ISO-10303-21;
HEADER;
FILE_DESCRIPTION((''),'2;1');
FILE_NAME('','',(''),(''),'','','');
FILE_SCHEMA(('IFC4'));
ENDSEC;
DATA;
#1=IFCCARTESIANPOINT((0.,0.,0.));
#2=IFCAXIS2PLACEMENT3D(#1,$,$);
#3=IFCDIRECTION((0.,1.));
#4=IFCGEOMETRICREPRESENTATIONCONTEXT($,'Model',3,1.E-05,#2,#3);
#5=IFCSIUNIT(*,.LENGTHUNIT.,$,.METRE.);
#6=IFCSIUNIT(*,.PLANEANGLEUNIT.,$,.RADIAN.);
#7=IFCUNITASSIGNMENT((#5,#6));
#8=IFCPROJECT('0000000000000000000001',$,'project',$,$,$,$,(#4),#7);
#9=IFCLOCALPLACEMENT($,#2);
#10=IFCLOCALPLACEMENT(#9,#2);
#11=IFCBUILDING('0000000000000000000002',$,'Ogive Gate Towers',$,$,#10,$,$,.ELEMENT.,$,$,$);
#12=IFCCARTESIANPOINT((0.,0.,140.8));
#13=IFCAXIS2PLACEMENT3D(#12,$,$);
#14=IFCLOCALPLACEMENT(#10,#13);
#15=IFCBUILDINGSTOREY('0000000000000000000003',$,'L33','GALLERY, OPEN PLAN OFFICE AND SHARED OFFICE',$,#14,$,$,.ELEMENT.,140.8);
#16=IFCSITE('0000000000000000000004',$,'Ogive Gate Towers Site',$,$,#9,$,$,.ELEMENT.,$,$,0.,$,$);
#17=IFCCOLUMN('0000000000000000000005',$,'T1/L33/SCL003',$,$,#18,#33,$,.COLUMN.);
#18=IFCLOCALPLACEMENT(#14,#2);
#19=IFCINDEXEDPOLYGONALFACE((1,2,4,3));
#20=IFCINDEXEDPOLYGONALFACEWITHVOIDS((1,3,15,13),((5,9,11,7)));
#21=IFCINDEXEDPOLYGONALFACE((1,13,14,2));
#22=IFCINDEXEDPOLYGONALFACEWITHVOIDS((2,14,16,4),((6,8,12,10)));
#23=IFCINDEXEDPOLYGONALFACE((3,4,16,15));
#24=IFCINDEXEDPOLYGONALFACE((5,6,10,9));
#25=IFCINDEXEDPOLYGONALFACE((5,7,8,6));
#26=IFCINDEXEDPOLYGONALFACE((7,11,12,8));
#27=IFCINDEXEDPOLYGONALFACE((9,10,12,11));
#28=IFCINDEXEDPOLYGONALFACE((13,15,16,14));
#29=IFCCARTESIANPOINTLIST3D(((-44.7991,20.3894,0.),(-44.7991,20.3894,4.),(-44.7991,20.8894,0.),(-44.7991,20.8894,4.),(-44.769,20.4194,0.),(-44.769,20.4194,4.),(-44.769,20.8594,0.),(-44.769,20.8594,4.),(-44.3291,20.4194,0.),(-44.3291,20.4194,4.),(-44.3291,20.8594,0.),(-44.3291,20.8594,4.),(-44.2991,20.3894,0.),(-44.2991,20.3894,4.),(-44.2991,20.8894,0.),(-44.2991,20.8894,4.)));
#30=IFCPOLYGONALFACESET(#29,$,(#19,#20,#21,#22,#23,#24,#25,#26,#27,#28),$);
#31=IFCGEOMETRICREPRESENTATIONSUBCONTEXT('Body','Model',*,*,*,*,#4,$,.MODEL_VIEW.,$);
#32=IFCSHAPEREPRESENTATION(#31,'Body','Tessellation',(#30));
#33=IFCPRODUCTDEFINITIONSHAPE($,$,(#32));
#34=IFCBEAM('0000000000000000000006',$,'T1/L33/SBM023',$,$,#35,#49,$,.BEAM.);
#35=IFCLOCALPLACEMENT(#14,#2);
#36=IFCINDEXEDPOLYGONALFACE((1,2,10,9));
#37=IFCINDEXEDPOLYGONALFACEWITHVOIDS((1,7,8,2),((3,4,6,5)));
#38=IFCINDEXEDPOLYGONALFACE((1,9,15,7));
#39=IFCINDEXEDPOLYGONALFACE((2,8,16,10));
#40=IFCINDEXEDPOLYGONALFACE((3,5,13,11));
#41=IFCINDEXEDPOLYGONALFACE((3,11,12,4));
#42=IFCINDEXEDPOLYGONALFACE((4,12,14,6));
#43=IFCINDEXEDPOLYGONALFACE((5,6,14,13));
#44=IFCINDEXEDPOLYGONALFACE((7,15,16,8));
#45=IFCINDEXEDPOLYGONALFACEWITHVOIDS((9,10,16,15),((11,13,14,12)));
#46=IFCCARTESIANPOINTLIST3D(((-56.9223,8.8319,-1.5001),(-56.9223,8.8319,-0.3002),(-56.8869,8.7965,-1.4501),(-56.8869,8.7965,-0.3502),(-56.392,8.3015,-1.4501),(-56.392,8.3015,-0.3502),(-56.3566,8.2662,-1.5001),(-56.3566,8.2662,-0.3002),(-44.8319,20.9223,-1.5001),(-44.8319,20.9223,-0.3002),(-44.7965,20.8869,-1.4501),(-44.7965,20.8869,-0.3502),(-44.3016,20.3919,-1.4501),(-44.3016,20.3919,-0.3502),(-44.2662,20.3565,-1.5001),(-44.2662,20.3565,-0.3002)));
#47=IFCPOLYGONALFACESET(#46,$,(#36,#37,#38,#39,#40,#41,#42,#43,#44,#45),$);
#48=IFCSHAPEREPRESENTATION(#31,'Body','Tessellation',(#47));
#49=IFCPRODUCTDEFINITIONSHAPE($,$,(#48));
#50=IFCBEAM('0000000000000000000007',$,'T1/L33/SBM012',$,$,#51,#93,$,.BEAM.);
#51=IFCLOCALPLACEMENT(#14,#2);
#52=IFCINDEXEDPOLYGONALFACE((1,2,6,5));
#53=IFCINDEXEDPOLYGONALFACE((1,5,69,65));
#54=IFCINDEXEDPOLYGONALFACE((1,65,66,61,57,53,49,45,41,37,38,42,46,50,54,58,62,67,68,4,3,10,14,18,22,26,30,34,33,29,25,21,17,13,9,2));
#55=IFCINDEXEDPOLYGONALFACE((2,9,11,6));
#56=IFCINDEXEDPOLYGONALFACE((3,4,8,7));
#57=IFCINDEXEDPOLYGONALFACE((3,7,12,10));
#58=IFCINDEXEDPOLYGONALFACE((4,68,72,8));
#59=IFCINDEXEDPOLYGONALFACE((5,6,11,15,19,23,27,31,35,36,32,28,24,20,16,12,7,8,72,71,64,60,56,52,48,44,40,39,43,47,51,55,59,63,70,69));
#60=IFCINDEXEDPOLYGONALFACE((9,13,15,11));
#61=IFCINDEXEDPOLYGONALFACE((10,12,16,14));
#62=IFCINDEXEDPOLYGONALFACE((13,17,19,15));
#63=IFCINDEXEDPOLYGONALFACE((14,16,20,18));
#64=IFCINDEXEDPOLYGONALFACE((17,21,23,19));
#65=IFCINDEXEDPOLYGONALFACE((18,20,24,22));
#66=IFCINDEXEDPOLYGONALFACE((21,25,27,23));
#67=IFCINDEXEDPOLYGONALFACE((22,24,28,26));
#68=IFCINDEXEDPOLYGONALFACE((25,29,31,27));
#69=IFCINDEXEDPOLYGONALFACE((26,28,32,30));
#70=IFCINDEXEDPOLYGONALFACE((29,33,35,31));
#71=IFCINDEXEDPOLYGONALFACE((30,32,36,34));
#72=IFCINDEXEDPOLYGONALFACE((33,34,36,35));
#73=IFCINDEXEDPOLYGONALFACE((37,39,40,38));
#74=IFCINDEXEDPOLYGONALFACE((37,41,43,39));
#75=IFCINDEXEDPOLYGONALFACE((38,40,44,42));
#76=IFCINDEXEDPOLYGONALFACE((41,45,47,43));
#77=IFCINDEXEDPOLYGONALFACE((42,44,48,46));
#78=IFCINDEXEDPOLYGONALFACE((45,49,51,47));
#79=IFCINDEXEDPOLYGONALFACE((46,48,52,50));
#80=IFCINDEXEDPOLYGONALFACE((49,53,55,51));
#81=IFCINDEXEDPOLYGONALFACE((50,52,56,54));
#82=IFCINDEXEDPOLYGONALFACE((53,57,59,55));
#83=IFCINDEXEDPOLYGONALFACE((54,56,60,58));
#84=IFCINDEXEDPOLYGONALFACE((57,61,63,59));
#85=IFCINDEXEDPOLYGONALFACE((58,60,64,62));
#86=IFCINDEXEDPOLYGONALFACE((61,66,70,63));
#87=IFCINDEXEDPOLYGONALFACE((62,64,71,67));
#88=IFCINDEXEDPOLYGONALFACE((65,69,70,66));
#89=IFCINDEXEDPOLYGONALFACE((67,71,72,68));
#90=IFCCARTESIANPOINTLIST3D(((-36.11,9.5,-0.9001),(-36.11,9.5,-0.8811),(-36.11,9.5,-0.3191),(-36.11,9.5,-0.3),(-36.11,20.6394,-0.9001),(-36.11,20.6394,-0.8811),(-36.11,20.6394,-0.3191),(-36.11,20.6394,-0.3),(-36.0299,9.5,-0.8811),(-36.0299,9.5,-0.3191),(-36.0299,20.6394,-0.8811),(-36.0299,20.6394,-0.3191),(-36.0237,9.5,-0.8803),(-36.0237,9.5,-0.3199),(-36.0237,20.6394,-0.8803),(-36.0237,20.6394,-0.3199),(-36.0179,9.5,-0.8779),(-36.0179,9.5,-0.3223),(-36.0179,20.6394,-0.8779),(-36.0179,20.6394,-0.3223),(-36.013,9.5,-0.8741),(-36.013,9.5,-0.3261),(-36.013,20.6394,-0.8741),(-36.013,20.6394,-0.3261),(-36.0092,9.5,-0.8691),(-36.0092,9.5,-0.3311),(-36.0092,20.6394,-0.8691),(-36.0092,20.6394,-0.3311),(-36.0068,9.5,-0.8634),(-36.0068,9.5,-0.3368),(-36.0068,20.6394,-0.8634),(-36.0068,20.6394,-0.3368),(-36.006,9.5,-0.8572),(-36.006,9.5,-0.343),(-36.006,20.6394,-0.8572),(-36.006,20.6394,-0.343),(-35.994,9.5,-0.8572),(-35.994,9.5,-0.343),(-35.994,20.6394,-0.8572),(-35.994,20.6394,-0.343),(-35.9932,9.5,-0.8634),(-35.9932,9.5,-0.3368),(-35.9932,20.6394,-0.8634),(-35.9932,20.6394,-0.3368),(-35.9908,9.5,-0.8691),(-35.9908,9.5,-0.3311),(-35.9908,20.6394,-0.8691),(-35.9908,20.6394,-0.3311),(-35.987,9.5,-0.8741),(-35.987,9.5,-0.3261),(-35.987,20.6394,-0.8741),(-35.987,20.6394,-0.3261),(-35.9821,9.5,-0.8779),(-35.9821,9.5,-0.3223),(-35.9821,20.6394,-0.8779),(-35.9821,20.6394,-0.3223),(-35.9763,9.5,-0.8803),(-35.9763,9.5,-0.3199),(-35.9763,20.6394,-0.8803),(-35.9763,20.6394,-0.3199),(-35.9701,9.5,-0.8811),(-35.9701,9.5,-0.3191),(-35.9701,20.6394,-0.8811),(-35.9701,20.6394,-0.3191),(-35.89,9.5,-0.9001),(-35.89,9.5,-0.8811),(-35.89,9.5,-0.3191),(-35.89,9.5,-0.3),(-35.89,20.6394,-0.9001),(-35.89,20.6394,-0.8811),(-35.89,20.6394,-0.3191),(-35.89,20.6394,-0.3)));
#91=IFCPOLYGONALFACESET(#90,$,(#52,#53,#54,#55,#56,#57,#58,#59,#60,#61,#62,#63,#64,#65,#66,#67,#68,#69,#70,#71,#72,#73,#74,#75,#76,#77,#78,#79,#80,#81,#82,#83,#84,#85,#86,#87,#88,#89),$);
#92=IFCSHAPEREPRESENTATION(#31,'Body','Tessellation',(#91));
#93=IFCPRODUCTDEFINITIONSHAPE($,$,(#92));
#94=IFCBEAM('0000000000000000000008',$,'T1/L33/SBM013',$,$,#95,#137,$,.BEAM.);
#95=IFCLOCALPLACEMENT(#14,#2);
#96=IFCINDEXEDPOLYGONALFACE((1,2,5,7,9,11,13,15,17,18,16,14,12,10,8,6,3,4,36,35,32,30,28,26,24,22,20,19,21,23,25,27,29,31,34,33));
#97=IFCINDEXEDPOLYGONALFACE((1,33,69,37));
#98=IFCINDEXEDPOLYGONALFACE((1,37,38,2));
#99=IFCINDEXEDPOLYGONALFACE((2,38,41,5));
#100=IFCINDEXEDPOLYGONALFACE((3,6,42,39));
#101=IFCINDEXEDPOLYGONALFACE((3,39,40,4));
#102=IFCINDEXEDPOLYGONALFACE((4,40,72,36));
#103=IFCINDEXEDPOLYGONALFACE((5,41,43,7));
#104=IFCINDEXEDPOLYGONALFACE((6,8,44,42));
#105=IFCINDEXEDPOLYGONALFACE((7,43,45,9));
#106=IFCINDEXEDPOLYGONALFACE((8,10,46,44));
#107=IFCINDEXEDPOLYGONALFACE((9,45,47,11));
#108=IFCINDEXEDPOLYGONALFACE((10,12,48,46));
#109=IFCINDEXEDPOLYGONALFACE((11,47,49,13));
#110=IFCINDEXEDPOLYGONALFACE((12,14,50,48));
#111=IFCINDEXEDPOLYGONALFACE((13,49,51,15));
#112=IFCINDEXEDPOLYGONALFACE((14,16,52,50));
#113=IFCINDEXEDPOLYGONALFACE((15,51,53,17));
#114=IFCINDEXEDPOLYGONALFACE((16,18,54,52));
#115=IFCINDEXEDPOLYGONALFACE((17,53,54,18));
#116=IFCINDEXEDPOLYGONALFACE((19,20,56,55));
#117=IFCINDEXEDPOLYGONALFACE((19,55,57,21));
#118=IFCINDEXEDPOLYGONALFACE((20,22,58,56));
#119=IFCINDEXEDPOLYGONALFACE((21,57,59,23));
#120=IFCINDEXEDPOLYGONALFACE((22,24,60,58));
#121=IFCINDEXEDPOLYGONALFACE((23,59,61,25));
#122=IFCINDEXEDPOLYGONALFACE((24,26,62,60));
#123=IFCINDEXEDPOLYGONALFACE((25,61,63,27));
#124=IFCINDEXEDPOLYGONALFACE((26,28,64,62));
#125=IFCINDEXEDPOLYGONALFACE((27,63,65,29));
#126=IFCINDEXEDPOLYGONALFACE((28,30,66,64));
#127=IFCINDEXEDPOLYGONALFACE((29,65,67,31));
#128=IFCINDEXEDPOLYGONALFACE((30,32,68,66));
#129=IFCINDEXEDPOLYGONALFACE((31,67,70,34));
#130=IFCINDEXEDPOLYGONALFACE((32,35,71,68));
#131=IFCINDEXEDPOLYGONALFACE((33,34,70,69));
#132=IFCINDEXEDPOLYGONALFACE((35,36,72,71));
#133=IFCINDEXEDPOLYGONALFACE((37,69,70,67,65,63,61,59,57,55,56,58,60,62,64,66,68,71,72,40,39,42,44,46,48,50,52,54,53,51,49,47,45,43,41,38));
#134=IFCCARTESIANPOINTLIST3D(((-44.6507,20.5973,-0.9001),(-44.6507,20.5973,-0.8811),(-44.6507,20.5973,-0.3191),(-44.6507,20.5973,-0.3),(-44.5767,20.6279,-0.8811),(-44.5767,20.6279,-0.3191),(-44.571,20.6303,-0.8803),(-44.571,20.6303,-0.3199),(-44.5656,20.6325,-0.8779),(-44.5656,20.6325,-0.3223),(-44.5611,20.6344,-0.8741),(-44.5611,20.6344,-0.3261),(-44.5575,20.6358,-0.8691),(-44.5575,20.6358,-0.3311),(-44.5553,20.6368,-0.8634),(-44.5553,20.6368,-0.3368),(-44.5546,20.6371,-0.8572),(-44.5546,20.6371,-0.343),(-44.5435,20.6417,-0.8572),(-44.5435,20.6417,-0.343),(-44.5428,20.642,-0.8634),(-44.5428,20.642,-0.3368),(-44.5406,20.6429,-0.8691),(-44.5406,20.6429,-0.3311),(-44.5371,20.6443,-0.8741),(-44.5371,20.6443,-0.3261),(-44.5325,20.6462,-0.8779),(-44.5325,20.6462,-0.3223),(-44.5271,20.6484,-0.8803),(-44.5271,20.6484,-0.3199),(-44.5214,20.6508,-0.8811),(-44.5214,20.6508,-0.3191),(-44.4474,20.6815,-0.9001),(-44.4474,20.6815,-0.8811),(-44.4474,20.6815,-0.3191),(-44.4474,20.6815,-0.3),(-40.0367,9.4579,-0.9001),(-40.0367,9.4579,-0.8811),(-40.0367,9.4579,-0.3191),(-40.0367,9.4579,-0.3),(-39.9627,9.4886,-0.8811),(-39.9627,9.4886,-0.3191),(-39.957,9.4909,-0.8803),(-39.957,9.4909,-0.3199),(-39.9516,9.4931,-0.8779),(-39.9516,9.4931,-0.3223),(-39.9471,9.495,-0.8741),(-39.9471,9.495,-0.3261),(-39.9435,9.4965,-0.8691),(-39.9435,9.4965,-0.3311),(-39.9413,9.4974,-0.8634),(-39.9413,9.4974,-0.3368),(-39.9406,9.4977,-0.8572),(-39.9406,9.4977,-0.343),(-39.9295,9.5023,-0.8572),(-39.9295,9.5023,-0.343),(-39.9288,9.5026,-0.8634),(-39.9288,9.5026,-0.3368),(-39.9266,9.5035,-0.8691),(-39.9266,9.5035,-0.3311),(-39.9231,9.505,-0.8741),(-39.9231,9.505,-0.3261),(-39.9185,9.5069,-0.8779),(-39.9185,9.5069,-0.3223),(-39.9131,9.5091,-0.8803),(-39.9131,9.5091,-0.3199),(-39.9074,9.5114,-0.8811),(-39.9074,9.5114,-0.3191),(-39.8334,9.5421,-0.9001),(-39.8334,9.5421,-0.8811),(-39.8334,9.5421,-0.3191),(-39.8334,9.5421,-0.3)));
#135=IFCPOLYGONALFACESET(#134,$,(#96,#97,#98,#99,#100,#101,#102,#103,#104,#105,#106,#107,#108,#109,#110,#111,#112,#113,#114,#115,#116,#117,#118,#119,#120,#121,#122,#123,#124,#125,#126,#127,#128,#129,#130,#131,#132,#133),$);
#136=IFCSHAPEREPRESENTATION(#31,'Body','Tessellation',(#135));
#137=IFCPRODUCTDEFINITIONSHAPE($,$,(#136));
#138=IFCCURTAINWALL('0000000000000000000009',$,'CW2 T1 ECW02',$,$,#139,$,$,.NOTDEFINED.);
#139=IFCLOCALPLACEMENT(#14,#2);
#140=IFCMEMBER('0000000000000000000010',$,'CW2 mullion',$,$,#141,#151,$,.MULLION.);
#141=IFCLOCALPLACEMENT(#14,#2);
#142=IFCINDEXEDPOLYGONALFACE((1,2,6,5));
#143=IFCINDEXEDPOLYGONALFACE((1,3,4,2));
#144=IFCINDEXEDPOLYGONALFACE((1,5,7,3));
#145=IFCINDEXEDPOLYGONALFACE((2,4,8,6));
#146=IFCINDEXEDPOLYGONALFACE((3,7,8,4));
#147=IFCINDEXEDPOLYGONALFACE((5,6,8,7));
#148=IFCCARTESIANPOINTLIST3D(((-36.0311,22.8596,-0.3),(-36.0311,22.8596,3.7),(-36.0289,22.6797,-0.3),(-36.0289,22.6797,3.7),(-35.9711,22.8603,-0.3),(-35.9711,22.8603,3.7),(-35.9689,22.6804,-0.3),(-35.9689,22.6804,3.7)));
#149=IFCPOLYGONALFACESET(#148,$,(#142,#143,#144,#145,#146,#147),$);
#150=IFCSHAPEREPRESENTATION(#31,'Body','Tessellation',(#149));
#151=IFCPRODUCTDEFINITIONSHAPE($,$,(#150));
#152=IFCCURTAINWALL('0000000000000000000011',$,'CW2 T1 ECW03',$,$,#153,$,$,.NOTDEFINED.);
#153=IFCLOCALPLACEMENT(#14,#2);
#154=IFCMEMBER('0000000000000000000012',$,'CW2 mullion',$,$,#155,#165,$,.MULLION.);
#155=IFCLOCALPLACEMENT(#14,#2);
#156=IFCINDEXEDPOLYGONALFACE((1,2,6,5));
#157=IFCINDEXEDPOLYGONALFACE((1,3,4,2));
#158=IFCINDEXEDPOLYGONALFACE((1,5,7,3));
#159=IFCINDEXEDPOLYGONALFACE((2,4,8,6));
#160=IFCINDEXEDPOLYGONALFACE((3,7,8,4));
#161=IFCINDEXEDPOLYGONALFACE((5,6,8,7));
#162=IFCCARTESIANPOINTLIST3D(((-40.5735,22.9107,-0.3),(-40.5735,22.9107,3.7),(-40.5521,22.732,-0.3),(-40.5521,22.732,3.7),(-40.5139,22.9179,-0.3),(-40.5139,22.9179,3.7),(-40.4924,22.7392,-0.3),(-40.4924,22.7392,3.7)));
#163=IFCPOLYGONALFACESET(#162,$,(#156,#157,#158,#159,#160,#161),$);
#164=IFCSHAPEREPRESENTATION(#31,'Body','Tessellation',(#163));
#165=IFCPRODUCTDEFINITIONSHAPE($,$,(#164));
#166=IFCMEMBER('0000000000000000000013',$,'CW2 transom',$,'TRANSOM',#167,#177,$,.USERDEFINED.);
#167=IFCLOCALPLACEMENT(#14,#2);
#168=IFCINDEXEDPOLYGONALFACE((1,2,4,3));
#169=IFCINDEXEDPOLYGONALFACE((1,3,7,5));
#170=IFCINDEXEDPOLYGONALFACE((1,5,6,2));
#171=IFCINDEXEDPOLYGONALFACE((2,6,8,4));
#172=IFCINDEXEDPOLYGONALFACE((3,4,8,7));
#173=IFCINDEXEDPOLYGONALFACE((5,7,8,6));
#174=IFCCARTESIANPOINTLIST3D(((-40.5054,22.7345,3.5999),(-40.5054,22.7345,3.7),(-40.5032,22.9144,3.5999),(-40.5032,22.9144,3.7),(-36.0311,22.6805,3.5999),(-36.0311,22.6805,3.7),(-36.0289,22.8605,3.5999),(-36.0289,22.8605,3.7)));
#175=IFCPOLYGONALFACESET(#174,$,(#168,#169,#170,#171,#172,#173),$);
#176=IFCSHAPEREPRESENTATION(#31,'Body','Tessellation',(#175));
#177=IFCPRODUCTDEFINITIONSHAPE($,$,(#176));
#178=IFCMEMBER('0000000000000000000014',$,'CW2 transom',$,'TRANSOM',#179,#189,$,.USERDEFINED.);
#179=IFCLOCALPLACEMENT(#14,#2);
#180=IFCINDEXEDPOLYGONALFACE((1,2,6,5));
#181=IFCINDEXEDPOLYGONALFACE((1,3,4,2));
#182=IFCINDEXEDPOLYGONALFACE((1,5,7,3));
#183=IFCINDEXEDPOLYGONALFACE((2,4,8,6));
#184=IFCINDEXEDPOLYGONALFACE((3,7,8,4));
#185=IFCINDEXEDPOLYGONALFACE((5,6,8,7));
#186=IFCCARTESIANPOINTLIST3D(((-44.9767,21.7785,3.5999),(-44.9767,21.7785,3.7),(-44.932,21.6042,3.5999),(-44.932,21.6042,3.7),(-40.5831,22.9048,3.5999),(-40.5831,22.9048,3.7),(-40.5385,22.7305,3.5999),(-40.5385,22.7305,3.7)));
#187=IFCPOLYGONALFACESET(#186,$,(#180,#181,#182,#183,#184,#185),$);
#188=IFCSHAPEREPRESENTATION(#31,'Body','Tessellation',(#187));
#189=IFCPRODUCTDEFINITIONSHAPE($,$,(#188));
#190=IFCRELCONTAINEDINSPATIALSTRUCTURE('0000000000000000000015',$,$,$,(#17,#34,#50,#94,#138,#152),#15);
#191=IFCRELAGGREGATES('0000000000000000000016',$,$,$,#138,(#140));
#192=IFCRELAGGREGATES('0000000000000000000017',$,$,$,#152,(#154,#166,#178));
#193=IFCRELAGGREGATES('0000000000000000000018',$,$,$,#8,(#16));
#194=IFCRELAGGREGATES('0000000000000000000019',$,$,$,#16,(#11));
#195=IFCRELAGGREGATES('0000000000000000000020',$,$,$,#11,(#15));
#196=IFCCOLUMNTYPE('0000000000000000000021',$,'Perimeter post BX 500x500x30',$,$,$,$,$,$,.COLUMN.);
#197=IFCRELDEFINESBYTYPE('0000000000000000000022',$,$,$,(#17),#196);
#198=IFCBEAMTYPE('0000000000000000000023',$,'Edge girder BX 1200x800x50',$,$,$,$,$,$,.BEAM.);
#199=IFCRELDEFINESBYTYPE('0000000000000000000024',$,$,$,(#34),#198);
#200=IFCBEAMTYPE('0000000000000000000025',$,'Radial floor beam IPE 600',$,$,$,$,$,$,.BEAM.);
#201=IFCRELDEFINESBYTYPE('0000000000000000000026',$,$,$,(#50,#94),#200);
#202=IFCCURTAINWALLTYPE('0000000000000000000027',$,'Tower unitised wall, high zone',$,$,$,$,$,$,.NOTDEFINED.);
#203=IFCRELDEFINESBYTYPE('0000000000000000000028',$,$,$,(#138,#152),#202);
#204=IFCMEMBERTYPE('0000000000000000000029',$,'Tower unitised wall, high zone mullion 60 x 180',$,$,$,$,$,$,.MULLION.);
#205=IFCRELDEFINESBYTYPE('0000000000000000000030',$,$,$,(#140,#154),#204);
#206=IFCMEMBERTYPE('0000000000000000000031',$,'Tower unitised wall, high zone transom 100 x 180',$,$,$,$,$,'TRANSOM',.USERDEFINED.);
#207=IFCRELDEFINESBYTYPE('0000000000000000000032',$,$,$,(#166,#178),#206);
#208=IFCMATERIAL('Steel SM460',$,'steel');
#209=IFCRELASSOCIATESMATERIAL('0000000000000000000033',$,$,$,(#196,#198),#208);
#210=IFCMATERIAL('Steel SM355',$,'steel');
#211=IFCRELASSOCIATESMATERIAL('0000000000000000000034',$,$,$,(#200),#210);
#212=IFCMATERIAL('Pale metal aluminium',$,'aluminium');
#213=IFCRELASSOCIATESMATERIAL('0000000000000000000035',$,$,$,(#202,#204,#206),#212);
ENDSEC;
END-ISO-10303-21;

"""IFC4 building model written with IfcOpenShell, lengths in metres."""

from ifc_helpers import new_model, si_unit, direction, frame, origin, origin_2d, place, context, subcontext, project, spatial, rectangle, hollow_rectangle, i_section, extrude, material, material_profile, profile_set, type_object, element, aggregate, save


model = new_model("IFC4")

# Units and contexts
model_context = context("Model", 3, precision=1e-05, world=origin(), true_north=direction((0.0, 1.0)))
body_context = subcontext(model_context, "Body", "Model", "MODEL_VIEW")
ifc_project = project(units=[si_unit("LENGTHUNIT", "METRE"), si_unit("PLANEANGLEUNIT", "RADIAN")], contexts=[model_context])

# Site, building, storey
site_placement = place(None, origin())
site = spatial("IfcSite", under=ifc_project, at=site_placement, Name="Ogive Gate Towers Site", CompositionType="ELEMENT", RefElevation=0.0)
building_placement = place(site_placement, origin())
building = spatial("IfcBuilding", under=site, at=building_placement, Name="Ogive Gate Towers", CompositionType="ELEMENT")
storey_placement = place(building_placement, frame((0.0, 0.0, 140.8)))
storey = spatial("IfcBuildingStorey", under=building, at=storey_placement, Name="L33", Description="GALLERY, OPEN PLAN OFFICE AND SHARED OFFICE", CompositionType="ELEMENT", Elevation=140.8)

# Column
ifc_material_1 = material(Name="Steel SM460", Category="steel")
ifc_material_profile_1 = material_profile(ifc_material_1, hollow_rectangle(XDim=0.5, YDim=0.5, WallThickness=0.03, at=origin_2d()), Name="BX 500x500x30")
ifc_profile_set_1 = profile_set([ifc_material_profile_1], Name="Steel SM460")
column_type = type_object("IfcColumnType", Name="Perimeter post BX 500x500x30", PredefinedType="COLUMN", material=ifc_profile_set_1)
column_placement = place(storey_placement, frame((-44.5491, 20.6394, 0.0), z_axis=(0.0, 0.0, 1.0), x_axis=(1.0, 0.0, 0.0)))
element("IfcColumn", 1, at=column_placement, inside=storey, type_object=column_type, Name="T1/L33/SCL003", PredefinedType="COLUMN", context=body_context, shape_type="SweptSolid", body=[
    extrude(hollow_rectangle(XDim=0.5, YDim=0.5, WallThickness=0.03, at=origin_2d()), origin(), (0.0, 0.0, 1.0), 4.0),
])

# Beams
ifc_material_profile_2 = material_profile(ifc_material_1, hollow_rectangle(XDim=0.8, YDim=1.2, WallThickness=0.05, at=origin_2d()), Name="BX 1200x800x50")
ifc_profile_set_2 = profile_set([ifc_material_profile_2], Name="Steel SM460")
beam_type_1 = type_object("IfcBeamType", Name="Edge girder BX 1200x800x50", PredefinedType="BEAM", material=ifc_profile_set_2)
beam_1_placement = place(storey_placement, frame((-44.5491, 20.6394, -0.9001), z_axis=(-0.707107, -0.707107, 0.0), x_axis=(0.707107, -0.707107, 0.0)))
element("IfcBeam", 2, at=beam_1_placement, inside=storey, type_object=beam_type_1, Name="T1/L33/SBM023", PredefinedType="BEAM", context=body_context, shape_type="SweptSolid", body=[
    extrude(hollow_rectangle(XDim=0.8, YDim=1.2, WallThickness=0.05, at=origin_2d()), origin(), (0.0, 0.0, 1.0), 17.0984),
])
ifc_material_2 = material(Name="Steel SM355", Category="steel")
ifc_material_profile_3 = material_profile(ifc_material_2, i_section(OverallWidth=0.22, OverallDepth=0.6001, WebThickness=0.012, FlangeThickness=0.019, FilletRadius=0.0239, at=origin_2d()), Name="IPE 600")
ifc_profile_set_3 = profile_set([ifc_material_profile_3], Name="Steel SM355")
beam_type_2 = type_object("IfcBeamType", Name="Radial floor beam IPE 600", PredefinedType="BEAM", material=ifc_profile_set_3)
beam_2_placement = place(storey_placement, frame((-36.0, 9.5, -0.6001), z_axis=(0.0, 1.0, 0.0), x_axis=(-1.0, 0.0, 0.0)))
element("IfcBeam", 3, at=beam_2_placement, inside=storey, type_object=beam_type_2, Name="T1/L33/SBM012", PredefinedType="BEAM", context=body_context, shape_type="SweptSolid", body=[
    extrude(i_section(OverallWidth=0.22, OverallDepth=0.6001, WebThickness=0.012, FlangeThickness=0.019, FilletRadius=0.0239, at=origin_2d()), origin(), (0.0, 0.0, 1.0), 11.1394),
])
beam_3_placement = place(storey_placement, frame((-39.9351, 9.5, -0.6001), z_axis=(-0.382678, 0.923882, 0.0), x_axis=(-0.923882, -0.382678, 0.0)))
element("IfcBeam", 4, at=beam_3_placement, inside=storey, type_object=beam_type_2, Name="T1/L33/SBM013", PredefinedType="BEAM", context=body_context, shape_type="SweptSolid", body=[
    extrude(i_section(OverallWidth=0.22, OverallDepth=0.6001, WebThickness=0.012, FlangeThickness=0.019, FilletRadius=0.0239, at=origin_2d()), origin(), (0.0, 0.0, 1.0), 12.0571),
])

# Curtain wall, member
ifc_material_3 = material(Name="Pale metal aluminium", Category="aluminium")
curtain_wall_type = type_object("IfcCurtainWallType", Name="Tower unitised wall, high zone", PredefinedType="NOTDEFINED", material=ifc_material_3)
curtain_wall_1_placement = place(storey_placement, origin())
curtain_wall_1 = element("IfcCurtainWall", 5, at=curtain_wall_1_placement, inside=storey, type_object=curtain_wall_type, Name="CW2 T1 ECW02", PredefinedType="NOTDEFINED")
ifc_material_profile_4 = material_profile(ifc_material_3, rectangle(XDim=0.1799, YDim=0.0601, at=origin_2d()), Name="60 x 180 aluminium box")
ifc_profile_set_4 = profile_set([ifc_material_profile_4], Name="Pale metal aluminium")
member_type_1 = type_object("IfcMemberType", Name="Tower unitised wall, high zone mullion 60 x 180", PredefinedType="MULLION", material=ifc_profile_set_4)
member_1_placement = place(storey_placement, frame((-36.0, 22.77, -0.3), z_axis=(0.0, 0.0, 1.0), x_axis=(-0.012077, 0.999927, 0.0)))
member_1 = element("IfcMember", 6, at=member_1_placement, type_object=member_type_1, Name="CW2 mullion", PredefinedType="MULLION", context=body_context, shape_type="SweptSolid", body=[
    extrude(rectangle(XDim=0.1799, YDim=0.0601, at=origin_2d()), origin(), (0.0, 0.0, 1.0), 4.0),
])

# Curtain wall, members
curtain_wall_2_placement = place(storey_placement, origin())
curtain_wall_2 = element("IfcCurtainWall", 7, at=curtain_wall_2_placement, inside=storey, type_object=curtain_wall_type, Name="CW2 T1 ECW03", PredefinedType="NOTDEFINED")
member_2_placement = place(storey_placement, frame((-40.533, 22.825, -0.3), z_axis=(0.0, 0.0, 1.0), x_axis=(-0.119149, 0.992876, 0.0)))
member_2 = element("IfcMember", 8, at=member_2_placement, type_object=member_type_1, Name="CW2 mullion", PredefinedType="MULLION", context=body_context, shape_type="SweptSolid", body=[
    extrude(rectangle(XDim=0.1799, YDim=0.0601, at=origin_2d()), origin(), (0.0, 0.0, 1.0), 4.0),
])
ifc_material_profile_5 = material_profile(ifc_material_3, rectangle(XDim=0.1799, YDim=0.1001, at=origin_2d()), Name="100 x 180 aluminium box")
ifc_profile_set_5 = profile_set([ifc_material_profile_5], Name="Pale metal aluminium")
member_type_2 = type_object("IfcMemberType", Name="Tower unitised wall, high zone transom 100 x 180", ElementType="TRANSOM", PredefinedType="USERDEFINED", material=ifc_profile_set_5)
member_3_placement = place(storey_placement, frame((-36.03, 22.7705, 3.6499), z_axis=(-0.999927, 0.012058, 0.0), x_axis=(-0.012058, -0.999927, 0.0)))
member_3 = element("IfcMember", 9, at=member_3_placement, type_object=member_type_2, Name="CW2 transom", ObjectType="TRANSOM", PredefinedType="USERDEFINED", context=body_context, shape_type="SweptSolid", body=[
    extrude(rectangle(XDim=0.1799, YDim=0.1001, at=origin_2d()), origin(), (0.0, 0.0, 1.0), 4.4746),
])
member_4_placement = place(storey_placement, frame((-40.5608, 22.8176, 3.6499), z_axis=(-0.968681, -0.248307, 0.0), x_axis=(0.248307, -0.968681, 0.0)))
member_4 = element("IfcMember", 10, at=member_4_placement, type_object=member_type_2, Name="CW2 transom", ObjectType="TRANSOM", PredefinedType="USERDEFINED", context=body_context, shape_type="SweptSolid", body=[
    extrude(rectangle(XDim=0.1799, YDim=0.1001, at=origin_2d()), origin(), (0.0, 0.0, 1.0), 4.5356),
])

aggregate(curtain_wall_1, [member_1])
aggregate(curtain_wall_2, [member_2, member_3, member_4])

save(model, "model.ifc")
